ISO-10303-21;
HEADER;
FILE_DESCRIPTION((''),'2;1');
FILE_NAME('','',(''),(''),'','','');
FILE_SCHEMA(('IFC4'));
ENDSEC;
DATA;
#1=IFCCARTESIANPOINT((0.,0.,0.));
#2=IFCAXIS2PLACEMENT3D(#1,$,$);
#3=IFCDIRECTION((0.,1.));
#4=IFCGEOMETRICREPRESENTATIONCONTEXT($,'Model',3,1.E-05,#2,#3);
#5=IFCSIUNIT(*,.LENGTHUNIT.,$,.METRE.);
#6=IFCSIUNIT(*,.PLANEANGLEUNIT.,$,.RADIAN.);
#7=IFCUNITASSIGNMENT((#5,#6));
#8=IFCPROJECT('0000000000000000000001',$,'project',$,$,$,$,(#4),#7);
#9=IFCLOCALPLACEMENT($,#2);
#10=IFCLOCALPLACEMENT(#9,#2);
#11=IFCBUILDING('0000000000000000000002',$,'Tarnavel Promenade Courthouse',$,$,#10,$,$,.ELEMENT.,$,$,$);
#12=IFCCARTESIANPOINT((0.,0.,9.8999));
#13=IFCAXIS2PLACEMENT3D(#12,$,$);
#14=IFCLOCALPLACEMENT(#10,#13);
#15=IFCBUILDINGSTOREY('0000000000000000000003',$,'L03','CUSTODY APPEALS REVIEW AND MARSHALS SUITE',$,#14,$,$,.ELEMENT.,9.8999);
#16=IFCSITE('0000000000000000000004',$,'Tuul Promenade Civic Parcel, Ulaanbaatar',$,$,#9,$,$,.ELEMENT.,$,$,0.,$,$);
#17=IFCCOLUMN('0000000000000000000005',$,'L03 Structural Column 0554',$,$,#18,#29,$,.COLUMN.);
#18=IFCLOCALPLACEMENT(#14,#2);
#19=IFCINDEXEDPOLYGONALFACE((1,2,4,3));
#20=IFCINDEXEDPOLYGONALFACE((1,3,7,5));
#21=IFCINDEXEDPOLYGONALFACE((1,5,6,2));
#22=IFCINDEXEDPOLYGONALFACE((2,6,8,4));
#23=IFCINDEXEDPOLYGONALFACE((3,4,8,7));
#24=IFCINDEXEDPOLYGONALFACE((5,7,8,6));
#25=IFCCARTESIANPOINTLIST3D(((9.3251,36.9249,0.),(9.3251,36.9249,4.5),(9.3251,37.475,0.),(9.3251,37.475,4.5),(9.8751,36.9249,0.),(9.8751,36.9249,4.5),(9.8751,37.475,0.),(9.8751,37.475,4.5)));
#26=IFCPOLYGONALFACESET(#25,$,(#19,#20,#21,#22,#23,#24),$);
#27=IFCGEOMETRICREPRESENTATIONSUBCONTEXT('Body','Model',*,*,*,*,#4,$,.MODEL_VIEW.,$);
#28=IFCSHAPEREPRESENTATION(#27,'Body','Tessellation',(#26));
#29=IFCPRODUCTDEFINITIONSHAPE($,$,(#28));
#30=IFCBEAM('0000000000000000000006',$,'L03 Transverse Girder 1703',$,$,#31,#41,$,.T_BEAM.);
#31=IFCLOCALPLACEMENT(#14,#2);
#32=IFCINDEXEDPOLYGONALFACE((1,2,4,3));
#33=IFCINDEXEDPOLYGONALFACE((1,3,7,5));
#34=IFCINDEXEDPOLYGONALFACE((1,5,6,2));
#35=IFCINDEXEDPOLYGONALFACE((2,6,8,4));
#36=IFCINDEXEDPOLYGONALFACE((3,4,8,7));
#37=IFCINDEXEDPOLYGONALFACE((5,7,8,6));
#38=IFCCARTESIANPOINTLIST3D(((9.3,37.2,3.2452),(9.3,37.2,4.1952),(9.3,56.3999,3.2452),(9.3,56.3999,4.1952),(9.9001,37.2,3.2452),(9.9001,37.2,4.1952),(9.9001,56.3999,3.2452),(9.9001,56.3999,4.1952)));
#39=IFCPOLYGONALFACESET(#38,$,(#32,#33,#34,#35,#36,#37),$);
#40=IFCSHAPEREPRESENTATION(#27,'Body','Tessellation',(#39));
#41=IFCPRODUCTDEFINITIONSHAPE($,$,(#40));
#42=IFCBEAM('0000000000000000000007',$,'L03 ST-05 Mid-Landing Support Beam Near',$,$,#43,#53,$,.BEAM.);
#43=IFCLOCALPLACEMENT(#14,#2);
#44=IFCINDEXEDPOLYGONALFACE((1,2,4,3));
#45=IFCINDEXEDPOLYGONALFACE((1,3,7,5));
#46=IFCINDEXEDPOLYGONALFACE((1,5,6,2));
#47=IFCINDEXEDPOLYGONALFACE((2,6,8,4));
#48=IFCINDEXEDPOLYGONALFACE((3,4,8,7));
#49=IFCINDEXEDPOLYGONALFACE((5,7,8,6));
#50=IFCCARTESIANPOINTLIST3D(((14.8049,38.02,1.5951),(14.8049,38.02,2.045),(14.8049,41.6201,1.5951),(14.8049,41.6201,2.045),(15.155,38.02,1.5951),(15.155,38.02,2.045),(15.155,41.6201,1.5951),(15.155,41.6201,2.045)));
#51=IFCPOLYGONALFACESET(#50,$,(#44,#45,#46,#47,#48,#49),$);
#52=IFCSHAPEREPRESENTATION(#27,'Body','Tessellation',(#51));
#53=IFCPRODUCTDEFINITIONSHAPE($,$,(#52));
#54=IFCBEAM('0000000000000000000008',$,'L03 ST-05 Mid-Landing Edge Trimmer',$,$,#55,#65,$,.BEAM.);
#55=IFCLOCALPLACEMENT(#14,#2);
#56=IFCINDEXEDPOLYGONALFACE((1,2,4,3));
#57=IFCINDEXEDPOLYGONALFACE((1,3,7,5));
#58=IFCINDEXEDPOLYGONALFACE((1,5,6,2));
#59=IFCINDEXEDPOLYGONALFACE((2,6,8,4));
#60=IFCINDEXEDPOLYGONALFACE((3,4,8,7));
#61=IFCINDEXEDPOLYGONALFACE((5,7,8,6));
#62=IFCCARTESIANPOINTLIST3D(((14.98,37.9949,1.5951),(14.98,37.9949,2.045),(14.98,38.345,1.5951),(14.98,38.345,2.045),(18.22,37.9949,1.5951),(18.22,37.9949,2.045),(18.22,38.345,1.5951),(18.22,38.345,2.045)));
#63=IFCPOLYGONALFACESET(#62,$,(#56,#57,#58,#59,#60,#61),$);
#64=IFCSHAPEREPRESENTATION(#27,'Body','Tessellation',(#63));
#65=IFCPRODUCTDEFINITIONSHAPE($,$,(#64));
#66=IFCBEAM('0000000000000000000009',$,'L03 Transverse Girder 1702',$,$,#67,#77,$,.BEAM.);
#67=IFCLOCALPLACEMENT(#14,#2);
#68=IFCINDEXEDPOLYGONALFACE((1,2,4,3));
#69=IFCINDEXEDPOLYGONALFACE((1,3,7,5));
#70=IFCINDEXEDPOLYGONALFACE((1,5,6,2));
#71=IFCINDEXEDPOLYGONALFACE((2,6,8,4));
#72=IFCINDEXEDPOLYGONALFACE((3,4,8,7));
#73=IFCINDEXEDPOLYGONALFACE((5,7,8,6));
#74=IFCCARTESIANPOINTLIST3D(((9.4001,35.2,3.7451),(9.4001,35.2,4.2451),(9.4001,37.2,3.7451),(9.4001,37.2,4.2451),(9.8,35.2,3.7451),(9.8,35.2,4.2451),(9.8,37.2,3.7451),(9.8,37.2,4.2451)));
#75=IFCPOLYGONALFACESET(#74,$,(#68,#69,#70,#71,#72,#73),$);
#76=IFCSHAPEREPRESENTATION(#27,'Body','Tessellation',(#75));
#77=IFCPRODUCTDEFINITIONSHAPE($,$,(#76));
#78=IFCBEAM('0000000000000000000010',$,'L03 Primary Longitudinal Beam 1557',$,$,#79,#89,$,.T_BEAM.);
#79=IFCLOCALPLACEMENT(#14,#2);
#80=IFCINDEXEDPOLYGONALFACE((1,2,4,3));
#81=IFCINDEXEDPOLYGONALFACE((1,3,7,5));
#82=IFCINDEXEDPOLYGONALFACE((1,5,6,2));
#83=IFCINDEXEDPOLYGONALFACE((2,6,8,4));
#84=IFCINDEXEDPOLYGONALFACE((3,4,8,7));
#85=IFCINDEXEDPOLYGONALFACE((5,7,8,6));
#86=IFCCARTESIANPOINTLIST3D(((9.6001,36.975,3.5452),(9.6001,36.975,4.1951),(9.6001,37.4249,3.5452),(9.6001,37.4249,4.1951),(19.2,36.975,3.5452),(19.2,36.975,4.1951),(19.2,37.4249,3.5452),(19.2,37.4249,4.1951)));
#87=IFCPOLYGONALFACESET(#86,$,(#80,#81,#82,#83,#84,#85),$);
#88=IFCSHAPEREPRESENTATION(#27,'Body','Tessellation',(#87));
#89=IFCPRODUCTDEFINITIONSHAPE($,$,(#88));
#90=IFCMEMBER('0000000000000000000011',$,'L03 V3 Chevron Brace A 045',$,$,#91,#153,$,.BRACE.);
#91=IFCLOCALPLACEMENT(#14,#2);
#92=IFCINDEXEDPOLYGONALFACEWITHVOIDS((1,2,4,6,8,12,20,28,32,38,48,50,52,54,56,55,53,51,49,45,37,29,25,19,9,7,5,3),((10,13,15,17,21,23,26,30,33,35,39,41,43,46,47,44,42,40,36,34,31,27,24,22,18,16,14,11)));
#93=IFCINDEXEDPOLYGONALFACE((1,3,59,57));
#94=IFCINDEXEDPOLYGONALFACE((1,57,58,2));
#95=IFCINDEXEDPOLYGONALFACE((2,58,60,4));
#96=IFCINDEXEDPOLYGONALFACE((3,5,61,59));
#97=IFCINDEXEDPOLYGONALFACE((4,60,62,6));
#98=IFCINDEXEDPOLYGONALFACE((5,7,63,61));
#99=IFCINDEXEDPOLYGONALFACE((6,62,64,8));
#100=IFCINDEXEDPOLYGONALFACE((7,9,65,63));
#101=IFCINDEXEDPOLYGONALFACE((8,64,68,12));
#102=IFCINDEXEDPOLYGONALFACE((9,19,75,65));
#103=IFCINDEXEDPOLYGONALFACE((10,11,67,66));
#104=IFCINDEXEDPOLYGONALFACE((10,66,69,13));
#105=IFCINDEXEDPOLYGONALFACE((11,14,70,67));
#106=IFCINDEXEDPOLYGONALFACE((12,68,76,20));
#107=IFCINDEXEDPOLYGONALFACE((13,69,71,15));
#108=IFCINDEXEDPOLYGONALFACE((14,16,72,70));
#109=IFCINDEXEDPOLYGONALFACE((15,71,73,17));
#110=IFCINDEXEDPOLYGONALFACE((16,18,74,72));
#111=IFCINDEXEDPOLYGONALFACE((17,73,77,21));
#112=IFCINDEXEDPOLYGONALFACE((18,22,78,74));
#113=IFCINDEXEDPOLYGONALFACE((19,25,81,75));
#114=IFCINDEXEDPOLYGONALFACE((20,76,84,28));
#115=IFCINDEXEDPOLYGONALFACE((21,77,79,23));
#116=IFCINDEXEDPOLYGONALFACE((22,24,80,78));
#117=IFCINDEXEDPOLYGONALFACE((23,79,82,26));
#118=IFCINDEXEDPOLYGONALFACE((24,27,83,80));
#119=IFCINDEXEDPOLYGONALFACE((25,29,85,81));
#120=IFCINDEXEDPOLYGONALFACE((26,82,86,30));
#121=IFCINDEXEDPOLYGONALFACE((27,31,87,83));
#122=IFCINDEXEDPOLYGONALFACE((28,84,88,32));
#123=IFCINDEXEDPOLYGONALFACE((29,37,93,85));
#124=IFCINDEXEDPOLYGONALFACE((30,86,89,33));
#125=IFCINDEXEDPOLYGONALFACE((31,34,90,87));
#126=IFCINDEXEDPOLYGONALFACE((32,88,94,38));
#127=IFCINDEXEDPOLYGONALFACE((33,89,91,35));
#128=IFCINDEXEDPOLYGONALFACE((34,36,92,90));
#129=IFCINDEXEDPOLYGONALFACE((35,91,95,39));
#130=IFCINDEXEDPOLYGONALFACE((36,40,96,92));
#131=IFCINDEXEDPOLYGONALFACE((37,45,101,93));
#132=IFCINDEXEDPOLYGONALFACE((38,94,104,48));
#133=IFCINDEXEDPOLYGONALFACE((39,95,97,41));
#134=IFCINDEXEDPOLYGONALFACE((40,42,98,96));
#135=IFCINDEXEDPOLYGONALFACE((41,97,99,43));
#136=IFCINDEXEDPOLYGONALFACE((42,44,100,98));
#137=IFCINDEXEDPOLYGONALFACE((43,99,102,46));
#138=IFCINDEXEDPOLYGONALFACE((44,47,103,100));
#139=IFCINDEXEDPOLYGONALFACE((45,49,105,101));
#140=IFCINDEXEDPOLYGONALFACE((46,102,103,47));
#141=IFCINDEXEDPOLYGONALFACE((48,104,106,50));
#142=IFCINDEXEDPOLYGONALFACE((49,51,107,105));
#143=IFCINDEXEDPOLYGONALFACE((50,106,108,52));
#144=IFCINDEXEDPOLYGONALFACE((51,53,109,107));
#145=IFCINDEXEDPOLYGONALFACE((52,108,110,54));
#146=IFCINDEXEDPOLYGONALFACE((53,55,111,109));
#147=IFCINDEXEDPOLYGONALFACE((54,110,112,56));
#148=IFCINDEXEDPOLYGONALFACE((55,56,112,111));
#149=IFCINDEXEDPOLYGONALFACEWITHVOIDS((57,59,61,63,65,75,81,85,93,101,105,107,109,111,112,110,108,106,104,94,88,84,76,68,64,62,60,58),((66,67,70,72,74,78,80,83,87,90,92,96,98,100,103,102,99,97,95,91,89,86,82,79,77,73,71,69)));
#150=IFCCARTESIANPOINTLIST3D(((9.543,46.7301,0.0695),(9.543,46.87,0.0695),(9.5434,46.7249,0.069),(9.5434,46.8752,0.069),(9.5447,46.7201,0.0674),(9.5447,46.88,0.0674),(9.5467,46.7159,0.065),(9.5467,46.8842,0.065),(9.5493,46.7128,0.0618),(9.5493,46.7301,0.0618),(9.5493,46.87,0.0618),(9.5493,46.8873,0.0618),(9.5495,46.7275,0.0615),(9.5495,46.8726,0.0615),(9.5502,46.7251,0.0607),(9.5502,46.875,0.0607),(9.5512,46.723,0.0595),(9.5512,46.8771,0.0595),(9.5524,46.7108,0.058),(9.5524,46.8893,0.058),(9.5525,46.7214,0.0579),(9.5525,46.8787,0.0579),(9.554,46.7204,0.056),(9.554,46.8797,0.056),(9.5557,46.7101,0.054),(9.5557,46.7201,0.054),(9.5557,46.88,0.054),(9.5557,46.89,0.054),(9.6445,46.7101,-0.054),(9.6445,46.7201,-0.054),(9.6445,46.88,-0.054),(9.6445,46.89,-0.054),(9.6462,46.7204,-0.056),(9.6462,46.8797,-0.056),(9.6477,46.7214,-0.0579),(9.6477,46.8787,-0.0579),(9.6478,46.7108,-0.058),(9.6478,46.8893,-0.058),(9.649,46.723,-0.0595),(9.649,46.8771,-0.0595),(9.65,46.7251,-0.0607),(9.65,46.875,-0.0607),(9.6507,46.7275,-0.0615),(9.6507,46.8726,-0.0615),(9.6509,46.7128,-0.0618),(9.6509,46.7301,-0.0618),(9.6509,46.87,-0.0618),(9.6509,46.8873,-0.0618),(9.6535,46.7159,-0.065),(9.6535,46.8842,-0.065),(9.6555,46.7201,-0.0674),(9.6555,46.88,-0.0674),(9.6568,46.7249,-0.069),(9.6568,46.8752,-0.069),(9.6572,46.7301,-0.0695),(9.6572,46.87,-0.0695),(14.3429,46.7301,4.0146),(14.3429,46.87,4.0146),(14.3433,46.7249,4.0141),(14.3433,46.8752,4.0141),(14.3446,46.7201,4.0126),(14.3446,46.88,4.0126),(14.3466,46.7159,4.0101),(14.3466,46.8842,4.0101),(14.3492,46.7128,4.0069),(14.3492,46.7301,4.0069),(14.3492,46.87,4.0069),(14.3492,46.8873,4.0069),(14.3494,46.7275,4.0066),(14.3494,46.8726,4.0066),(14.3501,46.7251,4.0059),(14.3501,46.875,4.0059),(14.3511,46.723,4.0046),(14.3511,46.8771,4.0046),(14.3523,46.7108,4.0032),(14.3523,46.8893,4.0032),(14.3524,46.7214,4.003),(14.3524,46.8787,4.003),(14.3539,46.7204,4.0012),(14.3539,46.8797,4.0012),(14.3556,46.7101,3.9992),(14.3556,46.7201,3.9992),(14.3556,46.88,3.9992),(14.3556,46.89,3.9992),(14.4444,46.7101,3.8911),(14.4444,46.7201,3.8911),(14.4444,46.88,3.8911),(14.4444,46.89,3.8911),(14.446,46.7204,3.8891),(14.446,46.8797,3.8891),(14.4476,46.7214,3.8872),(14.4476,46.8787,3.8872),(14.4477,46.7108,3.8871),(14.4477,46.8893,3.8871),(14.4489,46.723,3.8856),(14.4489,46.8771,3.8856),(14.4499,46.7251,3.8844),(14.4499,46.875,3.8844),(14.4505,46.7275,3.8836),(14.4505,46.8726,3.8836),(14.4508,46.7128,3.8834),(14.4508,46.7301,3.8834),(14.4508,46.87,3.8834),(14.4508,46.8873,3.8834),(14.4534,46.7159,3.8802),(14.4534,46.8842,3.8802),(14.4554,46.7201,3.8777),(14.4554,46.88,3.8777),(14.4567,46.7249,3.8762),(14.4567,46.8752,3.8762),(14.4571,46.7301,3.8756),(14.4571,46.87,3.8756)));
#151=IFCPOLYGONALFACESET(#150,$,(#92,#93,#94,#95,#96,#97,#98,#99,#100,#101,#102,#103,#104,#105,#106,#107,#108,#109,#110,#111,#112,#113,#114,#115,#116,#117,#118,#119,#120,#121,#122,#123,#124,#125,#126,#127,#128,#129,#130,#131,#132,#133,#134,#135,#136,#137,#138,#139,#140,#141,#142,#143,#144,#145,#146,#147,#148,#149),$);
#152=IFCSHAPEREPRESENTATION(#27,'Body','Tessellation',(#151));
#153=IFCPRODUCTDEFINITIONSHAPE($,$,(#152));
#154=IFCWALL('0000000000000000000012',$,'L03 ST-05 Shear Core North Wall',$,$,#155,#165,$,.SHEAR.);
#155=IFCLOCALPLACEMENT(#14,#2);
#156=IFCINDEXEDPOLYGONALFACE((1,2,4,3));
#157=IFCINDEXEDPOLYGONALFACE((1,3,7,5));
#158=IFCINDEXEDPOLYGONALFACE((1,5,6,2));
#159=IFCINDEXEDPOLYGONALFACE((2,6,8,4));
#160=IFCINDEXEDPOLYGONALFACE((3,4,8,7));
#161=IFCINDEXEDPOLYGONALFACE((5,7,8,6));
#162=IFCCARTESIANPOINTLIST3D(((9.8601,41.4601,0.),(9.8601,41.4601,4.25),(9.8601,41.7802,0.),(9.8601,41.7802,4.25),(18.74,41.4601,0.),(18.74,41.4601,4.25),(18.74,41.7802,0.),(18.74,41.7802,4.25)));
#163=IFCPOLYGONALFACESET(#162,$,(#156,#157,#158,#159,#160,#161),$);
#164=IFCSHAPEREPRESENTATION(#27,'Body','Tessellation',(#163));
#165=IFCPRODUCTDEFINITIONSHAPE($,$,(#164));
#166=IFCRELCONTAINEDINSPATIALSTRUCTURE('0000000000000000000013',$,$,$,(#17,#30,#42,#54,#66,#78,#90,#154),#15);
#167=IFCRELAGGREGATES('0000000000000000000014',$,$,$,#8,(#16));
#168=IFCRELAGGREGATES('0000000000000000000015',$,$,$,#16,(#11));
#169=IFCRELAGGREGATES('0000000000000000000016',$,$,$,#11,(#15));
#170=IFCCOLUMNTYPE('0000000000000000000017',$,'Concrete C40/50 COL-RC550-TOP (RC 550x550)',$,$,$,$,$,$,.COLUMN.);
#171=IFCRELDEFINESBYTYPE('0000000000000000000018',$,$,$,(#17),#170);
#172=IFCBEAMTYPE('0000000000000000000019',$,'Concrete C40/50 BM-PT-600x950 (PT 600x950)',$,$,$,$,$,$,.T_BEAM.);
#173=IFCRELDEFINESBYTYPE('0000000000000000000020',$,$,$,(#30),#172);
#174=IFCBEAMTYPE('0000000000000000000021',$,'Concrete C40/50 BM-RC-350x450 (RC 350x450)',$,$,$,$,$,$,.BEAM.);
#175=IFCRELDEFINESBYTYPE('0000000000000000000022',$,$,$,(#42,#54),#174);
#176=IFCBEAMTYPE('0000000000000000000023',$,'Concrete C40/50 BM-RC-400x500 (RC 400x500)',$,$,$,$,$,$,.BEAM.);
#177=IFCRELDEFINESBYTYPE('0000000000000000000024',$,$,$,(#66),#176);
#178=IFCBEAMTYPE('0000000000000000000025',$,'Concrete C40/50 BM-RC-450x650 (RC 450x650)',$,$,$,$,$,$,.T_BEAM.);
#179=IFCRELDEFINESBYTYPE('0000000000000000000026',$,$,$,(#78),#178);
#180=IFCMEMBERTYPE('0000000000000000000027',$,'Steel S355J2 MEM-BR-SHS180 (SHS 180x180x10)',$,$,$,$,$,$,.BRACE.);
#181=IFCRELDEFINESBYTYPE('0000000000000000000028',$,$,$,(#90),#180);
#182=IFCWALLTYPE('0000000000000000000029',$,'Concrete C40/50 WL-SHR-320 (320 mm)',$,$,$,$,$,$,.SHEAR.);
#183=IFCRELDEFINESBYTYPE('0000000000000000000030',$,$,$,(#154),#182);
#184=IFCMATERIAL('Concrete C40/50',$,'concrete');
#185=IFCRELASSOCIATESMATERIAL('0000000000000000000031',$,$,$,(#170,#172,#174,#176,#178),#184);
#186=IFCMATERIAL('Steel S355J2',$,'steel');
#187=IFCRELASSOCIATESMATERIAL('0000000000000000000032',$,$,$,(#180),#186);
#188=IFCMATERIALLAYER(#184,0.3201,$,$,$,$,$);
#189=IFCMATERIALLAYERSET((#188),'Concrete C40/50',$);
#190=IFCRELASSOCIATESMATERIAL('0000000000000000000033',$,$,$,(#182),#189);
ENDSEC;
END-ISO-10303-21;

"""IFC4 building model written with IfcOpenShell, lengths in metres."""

from ifc_helpers import new_model, si_unit, direction, frame, frame_2d, origin, origin_2d, place, context, subcontext, project, spatial, rectangle, hollow_rectangle, extrude, material, layer, layer_set, material_profile, profile_set, type_object, element, save


model = new_model("IFC4")

# Units and contexts
model_context = context("Model", 3, precision=1e-05, world=origin(), true_north=direction((0.0, 1.0)))
body_context = subcontext(model_context, "Body", "Model", "MODEL_VIEW")
ifc_project = project(units=[si_unit("LENGTHUNIT", "METRE"), si_unit("PLANEANGLEUNIT", "RADIAN")], contexts=[model_context])

# Site, building, storey
site_placement = place(None, origin())
site = spatial("IfcSite", under=ifc_project, at=site_placement, Name="Tuul Promenade Civic Parcel, Ulaanbaatar", CompositionType="ELEMENT", RefElevation=0.0)
building_placement = place(site_placement, origin())
building = spatial("IfcBuilding", under=site, at=building_placement, Name="Tarnavel Promenade Courthouse", CompositionType="ELEMENT")
storey_placement = place(building_placement, frame((0.0, 0.0, 9.8999)))
storey = spatial("IfcBuildingStorey", under=building, at=storey_placement, Name="L03", Description="CUSTODY APPEALS REVIEW AND MARSHALS SUITE", CompositionType="ELEMENT", Elevation=9.8999)

# Column
ifc_material_1 = material(Name="Concrete C40/50", Category="concrete")
ifc_material_profile_1 = material_profile(ifc_material_1, rectangle(XDim=0.55, YDim=0.55, at=origin_2d()), Name="RC 550x550")
ifc_profile_set_1 = profile_set([ifc_material_profile_1], Name="Concrete C40/50")
column_type = type_object("IfcColumnType", Name="Concrete C40/50 COL-RC550-TOP (RC 550x550)", PredefinedType="COLUMN", material=ifc_profile_set_1)
column_placement = place(storey_placement, frame((9.6001, 37.2, 0.0), z_axis=(0.0, 0.0, 1.0), x_axis=(1.0, 0.0, 0.0)))
element("IfcColumn", 1, at=column_placement, inside=storey, type_object=column_type, Name="L03 Structural Column 0554", PredefinedType="COLUMN", context=body_context, shape_type="SweptSolid", body=[
    extrude(rectangle(XDim=0.55, YDim=0.55, at=origin_2d()), origin(), (0.0, 0.0, 1.0), 4.5),
])

# Beams
ifc_material_profile_2 = material_profile(ifc_material_1, rectangle(XDim=0.6001, YDim=0.95, at=origin_2d()), Name="PT 600x950")
ifc_profile_set_2 = profile_set([ifc_material_profile_2], Name="Concrete C40/50")
beam_type_1 = type_object("IfcBeamType", Name="Concrete C40/50 BM-PT-600x950 (PT 600x950)", PredefinedType="T_BEAM", material=ifc_profile_set_2)
beam_1_placement = place(storey_placement, frame((9.6001, 37.2, 3.7202), z_axis=(0.0, 1.0, 0.0), x_axis=(-1.0, 0.0, 0.0)))
element("IfcBeam", 2, at=beam_1_placement, inside=storey, type_object=beam_type_1, Name="L03 Transverse Girder 1703", PredefinedType="T_BEAM", context=body_context, shape_type="SweptSolid", body=[
    extrude(rectangle(XDim=0.6001, YDim=0.95, at=origin_2d()), origin(), (0.0, 0.0, 1.0), 19.2),
])
ifc_material_profile_3 = material_profile(ifc_material_1, rectangle(XDim=0.3501, YDim=0.45, at=origin_2d()), Name="RC 350x450")
ifc_profile_set_3 = profile_set([ifc_material_profile_3], Name="Concrete C40/50")
beam_type_2 = type_object("IfcBeamType", Name="Concrete C40/50 BM-RC-350x450 (RC 350x450)", PredefinedType="BEAM", material=ifc_profile_set_3)
beam_2_placement = place(storey_placement, frame((14.98, 38.02, 1.8201), z_axis=(0.0, 1.0, 0.0), x_axis=(-1.0, 0.0, 0.0)))
element("IfcBeam", 3, at=beam_2_placement, inside=storey, type_object=beam_type_2, Name="L03 ST-05 Mid-Landing Support Beam Near", PredefinedType="BEAM", context=body_context, shape_type="SweptSolid", body=[
    extrude(rectangle(XDim=0.3501, YDim=0.45, at=origin_2d()), origin(), (0.0, 0.0, 1.0), 3.6001),
])
beam_3_placement = place(storey_placement, frame((14.98, 38.1699, 1.8201), z_axis=(1.0, 0.0, 0.0), x_axis=(0.0, 1.0, 0.0)))
element("IfcBeam", 4, at=beam_3_placement, inside=storey, type_object=beam_type_2, Name="L03 ST-05 Mid-Landing Edge Trimmer", PredefinedType="BEAM", context=body_context, shape_type="SweptSolid", body=[
    extrude(rectangle(XDim=0.3501, YDim=0.45, at=origin_2d()), origin(), (0.0, 0.0, 1.0), 3.24),
])
ifc_material_profile_4 = material_profile(ifc_material_1, rectangle(XDim=0.3999, YDim=0.5, at=origin_2d()), Name="RC 400x500")
ifc_profile_set_4 = profile_set([ifc_material_profile_4], Name="Concrete C40/50")
beam_type_3 = type_object("IfcBeamType", Name="Concrete C40/50 BM-RC-400x500 (RC 400x500)", PredefinedType="BEAM", material=ifc_profile_set_4)
beam_4_placement = place(storey_placement, frame((9.6001, 35.2, 3.9951), z_axis=(0.0, 1.0, 0.0), x_axis=(-1.0, 0.0, 0.0)))
element("IfcBeam", 5, at=beam_4_placement, inside=storey, type_object=beam_type_3, Name="L03 Transverse Girder 1702", PredefinedType="BEAM", context=body_context, shape_type="SweptSolid", body=[
    extrude(rectangle(XDim=0.3999, YDim=0.5, at=origin_2d()), origin(), (0.0, 0.0, 1.0), 2.0),
])
ifc_material_profile_5 = material_profile(ifc_material_1, rectangle(XDim=0.45, YDim=0.6499, at=origin_2d()), Name="RC 450x650")
ifc_profile_set_5 = profile_set([ifc_material_profile_5], Name="Concrete C40/50")
beam_type_4 = type_object("IfcBeamType", Name="Concrete C40/50 BM-RC-450x650 (RC 450x650)", PredefinedType="T_BEAM", material=ifc_profile_set_5)
beam_5_placement = place(storey_placement, frame((9.6001, 37.2, 3.8701), z_axis=(1.0, 0.0, 0.0), x_axis=(0.0, 1.0, 0.0)))
element("IfcBeam", 6, at=beam_5_placement, inside=storey, type_object=beam_type_4, Name="L03 Primary Longitudinal Beam 1557", PredefinedType="T_BEAM", context=body_context, shape_type="SweptSolid", body=[
    extrude(rectangle(XDim=0.45, YDim=0.6499, at=origin_2d()), origin(), (0.0, 0.0, 1.0), 9.5999),
])

# Member
ifc_material_2 = material(Name="Steel S355J2", Category="steel")
ifc_material_profile_6 = material_profile(ifc_material_2, hollow_rectangle(XDim=0.1799, YDim=0.1799, WallThickness=0.01, InnerFilletRadius=0.01, OuterFilletRadius=0.02, at=origin_2d()), Name="SHS 180x180x10")
ifc_profile_set_6 = profile_set([ifc_material_profile_6], Name="Steel S355J2")
member_type = type_object("IfcMemberType", Name="Steel S355J2 MEM-BR-SHS180 (SHS 180x180x10)", PredefinedType="BRACE", material=ifc_profile_set_6)
member_placement = place(storey_placement, frame((9.6001, 46.8, 0.0), z_axis=(0.772539, 0.0, 0.634967), x_axis=(0.0, 1.0, 0.0)))
element("IfcMember", 7, at=member_placement, inside=storey, type_object=member_type, Name="L03 V3 Chevron Brace A 045", PredefinedType="BRACE", context=body_context, shape_type="SweptSolid", body=[
    extrude(hollow_rectangle(XDim=0.1799, YDim=0.1799, WallThickness=0.01, InnerFilletRadius=0.01, OuterFilletRadius=0.02, at=origin_2d()), origin(), (0.0, 0.0, 1.0), 6.2131),
])

# Wall
ifc_layer = layer(ifc_material_1, 0.3201)
ifc_layer_set = layer_set([ifc_layer], Name="Concrete C40/50")
wall_type = type_object("IfcWallType", Name="Concrete C40/50 WL-SHR-320 (320 mm)", PredefinedType="SHEAR", material=ifc_layer_set)
wall_1_placement = place(storey_placement, frame((9.8601, 41.6201, 0.0), z_axis=(0.0, 0.0, 1.0), x_axis=(1.0, 0.0, 0.0)))
element("IfcWall", 8, at=wall_1_placement, inside=storey, type_object=wall_type, Name="L03 ST-05 Shear Core North Wall", PredefinedType="SHEAR", context=body_context, shape_type="SweptSolid", body=[
    extrude(rectangle(XDim=8.8799, YDim=0.3201, at=frame_2d((4.4399, 0.0))), origin(), (0.0, 0.0, 1.0), 4.25),
])

save(model, "model.ifc")
